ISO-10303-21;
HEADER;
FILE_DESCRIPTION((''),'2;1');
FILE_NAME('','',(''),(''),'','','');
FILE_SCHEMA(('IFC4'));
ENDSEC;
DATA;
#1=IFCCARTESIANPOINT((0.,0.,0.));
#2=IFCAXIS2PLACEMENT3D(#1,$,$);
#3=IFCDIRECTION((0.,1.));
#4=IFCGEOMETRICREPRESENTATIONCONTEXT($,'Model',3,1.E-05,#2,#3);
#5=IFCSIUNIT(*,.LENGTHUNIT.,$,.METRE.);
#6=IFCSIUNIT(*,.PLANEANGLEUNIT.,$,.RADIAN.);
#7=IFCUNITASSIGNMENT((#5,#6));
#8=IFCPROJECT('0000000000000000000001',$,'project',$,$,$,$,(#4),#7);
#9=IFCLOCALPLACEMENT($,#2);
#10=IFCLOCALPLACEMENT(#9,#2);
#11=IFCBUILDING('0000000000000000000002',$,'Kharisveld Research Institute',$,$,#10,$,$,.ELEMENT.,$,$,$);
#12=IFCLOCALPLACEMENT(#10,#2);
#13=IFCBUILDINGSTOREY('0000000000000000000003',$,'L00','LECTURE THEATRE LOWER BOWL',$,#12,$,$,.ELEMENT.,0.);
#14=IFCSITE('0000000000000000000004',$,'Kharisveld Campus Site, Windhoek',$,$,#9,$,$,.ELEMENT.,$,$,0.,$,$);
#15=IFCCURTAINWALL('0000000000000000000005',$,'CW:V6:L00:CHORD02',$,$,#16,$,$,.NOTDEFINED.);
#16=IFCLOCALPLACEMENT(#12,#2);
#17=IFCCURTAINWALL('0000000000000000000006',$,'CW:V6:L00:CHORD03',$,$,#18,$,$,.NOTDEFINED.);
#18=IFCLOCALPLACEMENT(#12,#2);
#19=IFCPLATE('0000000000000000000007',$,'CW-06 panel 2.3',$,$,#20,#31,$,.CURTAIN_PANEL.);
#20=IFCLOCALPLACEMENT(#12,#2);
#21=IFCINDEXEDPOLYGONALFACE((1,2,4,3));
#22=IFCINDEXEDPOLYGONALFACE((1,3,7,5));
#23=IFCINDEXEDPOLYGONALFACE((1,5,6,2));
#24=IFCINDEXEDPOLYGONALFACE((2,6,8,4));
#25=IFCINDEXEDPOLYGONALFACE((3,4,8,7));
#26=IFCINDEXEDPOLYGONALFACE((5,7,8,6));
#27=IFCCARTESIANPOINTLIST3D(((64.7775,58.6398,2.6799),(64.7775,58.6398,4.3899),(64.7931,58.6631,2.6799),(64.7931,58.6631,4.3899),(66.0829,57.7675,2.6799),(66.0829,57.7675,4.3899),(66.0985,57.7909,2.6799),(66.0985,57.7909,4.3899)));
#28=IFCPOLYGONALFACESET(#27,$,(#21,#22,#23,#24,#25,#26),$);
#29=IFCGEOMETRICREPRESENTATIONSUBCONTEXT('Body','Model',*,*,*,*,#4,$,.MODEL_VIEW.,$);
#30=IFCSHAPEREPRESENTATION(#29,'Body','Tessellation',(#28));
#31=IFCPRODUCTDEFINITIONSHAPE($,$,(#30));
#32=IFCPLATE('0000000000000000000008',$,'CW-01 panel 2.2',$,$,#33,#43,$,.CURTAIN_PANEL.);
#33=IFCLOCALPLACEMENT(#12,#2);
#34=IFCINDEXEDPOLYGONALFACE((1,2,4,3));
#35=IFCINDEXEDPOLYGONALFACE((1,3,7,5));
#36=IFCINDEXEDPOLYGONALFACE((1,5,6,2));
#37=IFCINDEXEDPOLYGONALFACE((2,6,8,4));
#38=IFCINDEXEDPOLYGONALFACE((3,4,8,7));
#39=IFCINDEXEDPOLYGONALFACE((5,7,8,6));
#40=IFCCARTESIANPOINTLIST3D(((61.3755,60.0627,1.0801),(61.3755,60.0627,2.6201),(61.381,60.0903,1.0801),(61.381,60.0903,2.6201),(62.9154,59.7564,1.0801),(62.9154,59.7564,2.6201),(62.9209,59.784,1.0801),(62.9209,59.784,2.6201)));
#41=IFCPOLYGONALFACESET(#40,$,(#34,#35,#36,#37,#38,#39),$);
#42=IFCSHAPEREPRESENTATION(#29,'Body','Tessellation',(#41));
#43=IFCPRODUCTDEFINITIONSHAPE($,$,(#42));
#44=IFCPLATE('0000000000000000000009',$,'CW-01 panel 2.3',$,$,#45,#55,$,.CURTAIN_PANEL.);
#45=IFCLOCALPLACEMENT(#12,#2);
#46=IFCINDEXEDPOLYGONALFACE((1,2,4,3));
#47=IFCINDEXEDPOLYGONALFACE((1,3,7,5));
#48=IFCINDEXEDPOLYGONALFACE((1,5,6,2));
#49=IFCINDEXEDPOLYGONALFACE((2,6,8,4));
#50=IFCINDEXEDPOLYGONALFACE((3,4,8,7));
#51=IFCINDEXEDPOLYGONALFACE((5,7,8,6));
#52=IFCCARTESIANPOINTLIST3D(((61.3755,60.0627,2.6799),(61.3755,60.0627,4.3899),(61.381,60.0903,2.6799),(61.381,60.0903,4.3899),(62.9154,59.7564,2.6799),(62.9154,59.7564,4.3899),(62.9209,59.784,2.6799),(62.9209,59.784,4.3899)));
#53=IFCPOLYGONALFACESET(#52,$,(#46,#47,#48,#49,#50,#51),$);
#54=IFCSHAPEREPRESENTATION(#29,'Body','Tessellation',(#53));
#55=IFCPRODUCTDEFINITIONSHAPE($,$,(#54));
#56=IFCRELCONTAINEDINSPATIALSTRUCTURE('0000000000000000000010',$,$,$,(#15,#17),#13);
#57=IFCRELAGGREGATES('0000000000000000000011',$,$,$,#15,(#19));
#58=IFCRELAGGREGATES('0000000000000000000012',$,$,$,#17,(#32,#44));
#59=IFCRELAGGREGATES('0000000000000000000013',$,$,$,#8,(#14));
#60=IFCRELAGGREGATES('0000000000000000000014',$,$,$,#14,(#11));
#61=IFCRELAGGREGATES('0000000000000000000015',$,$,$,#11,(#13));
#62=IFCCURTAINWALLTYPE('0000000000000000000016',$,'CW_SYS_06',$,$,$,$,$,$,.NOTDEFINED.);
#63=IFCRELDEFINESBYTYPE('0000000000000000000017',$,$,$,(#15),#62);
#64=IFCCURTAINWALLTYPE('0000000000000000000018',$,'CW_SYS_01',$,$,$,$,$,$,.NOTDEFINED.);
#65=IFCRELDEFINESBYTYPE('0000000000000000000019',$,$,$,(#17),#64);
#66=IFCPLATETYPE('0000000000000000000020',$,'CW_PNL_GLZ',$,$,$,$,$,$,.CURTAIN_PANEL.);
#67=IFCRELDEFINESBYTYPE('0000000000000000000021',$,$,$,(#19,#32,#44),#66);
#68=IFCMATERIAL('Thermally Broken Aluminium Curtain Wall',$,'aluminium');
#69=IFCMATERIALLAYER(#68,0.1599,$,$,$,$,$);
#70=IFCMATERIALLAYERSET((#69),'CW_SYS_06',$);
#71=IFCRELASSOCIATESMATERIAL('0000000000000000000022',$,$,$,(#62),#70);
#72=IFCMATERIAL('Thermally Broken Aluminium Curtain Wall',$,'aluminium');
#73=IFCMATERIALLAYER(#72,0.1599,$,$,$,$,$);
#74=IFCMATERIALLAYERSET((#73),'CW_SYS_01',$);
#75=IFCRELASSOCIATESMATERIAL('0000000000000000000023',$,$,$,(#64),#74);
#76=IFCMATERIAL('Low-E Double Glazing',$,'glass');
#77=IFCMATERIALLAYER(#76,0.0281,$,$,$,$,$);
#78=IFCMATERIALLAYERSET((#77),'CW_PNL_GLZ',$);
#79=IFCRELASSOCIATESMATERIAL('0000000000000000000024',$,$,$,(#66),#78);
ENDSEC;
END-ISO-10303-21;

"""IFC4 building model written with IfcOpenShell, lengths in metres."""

from ifc_helpers import new_model, si_unit, direction, frame, origin, origin_2d, place, context, subcontext, project, spatial, rectangle, extrude, material, layer, layer_set, type_object, element, aggregate, save


model = new_model("IFC4")

# Units and contexts
model_context = context("Model", 3, precision=1e-05, world=origin(), true_north=direction((0.0, 1.0)))
body_context = subcontext(model_context, "Body", "Model", "MODEL_VIEW")
ifc_project = project(units=[si_unit("LENGTHUNIT", "METRE"), si_unit("PLANEANGLEUNIT", "RADIAN")], contexts=[model_context])

# Site, building, storey
site_placement = place(None, origin())
site = spatial("IfcSite", under=ifc_project, at=site_placement, Name="Kharisveld Campus Site, Windhoek", CompositionType="ELEMENT", RefElevation=0.0)
building_placement = place(site_placement, origin())
building = spatial("IfcBuilding", under=site, at=building_placement, Name="Kharisveld Research Institute", CompositionType="ELEMENT")
storey_placement = place(building_placement, origin())
storey = spatial("IfcBuildingStorey", under=building, at=storey_placement, Name="L00", Description="LECTURE THEATRE LOWER BOWL", CompositionType="ELEMENT", Elevation=0.0)

# Curtain wall
ifc_material_1 = material(Name="Thermally Broken Aluminium Curtain Wall", Category="aluminium")
ifc_layer_1 = layer(ifc_material_1, 0.1599)
ifc_layer_set_1 = layer_set([ifc_layer_1], Name="CW_SYS_06")
curtain_wall_type_1 = type_object("IfcCurtainWallType", Name="CW_SYS_06", PredefinedType="NOTDEFINED", material=ifc_layer_set_1)
curtain_wall_1_placement = place(storey_placement, origin())
curtain_wall_1 = element("IfcCurtainWall", 1, at=curtain_wall_1_placement, inside=storey, type_object=curtain_wall_type_1, Name="CW:V6:L00:CHORD02", PredefinedType="NOTDEFINED")

# Curtain wall
ifc_material_2 = material(Name="Thermally Broken Aluminium Curtain Wall", Category="aluminium")
ifc_layer_2 = layer(ifc_material_2, 0.1599)
ifc_layer_set_2 = layer_set([ifc_layer_2], Name="CW_SYS_01")
curtain_wall_type_2 = type_object("IfcCurtainWallType", Name="CW_SYS_01", PredefinedType="NOTDEFINED", material=ifc_layer_set_2)
curtain_wall_2_placement = place(storey_placement, origin())
curtain_wall_2 = element("IfcCurtainWall", 2, at=curtain_wall_2_placement, inside=storey, type_object=curtain_wall_type_2, Name="CW:V6:L00:CHORD03", PredefinedType="NOTDEFINED")

# Plates
ifc_material_3 = material(Name="Low-E Double Glazing", Category="glass")
ifc_layer_3 = layer(ifc_material_3, 0.0281)
ifc_layer_set_3 = layer_set([ifc_layer_3], Name="CW_PNL_GLZ")
plate_type = type_object("IfcPlateType", Name="CW_PNL_GLZ", PredefinedType="CURTAIN_PANEL", material=ifc_layer_set_3)
plate_1_placement = place(storey_placement, frame((65.438, 58.2153, 2.6799), z_axis=(0.0, 0.0, 1.0), x_axis=(0.83147, -0.55557, 0.0)))
plate_1 = element("IfcPlate", 3, at=plate_1_placement, type_object=plate_type, Name="CW-06 panel 2.3", PredefinedType="CURTAIN_PANEL", context=body_context, shape_type="SweptSolid", body=[
    extrude(rectangle(XDim=1.5701, YDim=0.0281, at=origin_2d()), origin(), (0.0, 0.0, 1.0), 1.71),
])
aggregate(curtain_wall_1, [plate_1])
plate_2_placement = place(storey_placement, frame((62.1482, 59.9233, 1.0801), z_axis=(0.0, 0.0, 1.0), x_axis=(0.980785, -0.195091, 0.0)))
plate_2 = element("IfcPlate", 4, at=plate_2_placement, type_object=plate_type, Name="CW-01 panel 2.2", PredefinedType="CURTAIN_PANEL", context=body_context, shape_type="SweptSolid", body=[
    extrude(rectangle(XDim=1.5701, YDim=0.0281, at=origin_2d()), origin(), (0.0, 0.0, 1.0), 1.54),
])
plate_3_placement = place(storey_placement, frame((62.1482, 59.9233, 2.6799), z_axis=(0.0, 0.0, 1.0), x_axis=(0.980785, -0.195091, 0.0)))
plate_3 = element("IfcPlate", 5, at=plate_3_placement, type_object=plate_type, Name="CW-01 panel 2.3", PredefinedType="CURTAIN_PANEL", context=body_context, shape_type="SweptSolid", body=[
    extrude(rectangle(XDim=1.5701, YDim=0.0281, at=origin_2d()), origin(), (0.0, 0.0, 1.0), 1.71),
])
aggregate(curtain_wall_2, [plate_2, plate_3])

save(model, "model.ifc")
